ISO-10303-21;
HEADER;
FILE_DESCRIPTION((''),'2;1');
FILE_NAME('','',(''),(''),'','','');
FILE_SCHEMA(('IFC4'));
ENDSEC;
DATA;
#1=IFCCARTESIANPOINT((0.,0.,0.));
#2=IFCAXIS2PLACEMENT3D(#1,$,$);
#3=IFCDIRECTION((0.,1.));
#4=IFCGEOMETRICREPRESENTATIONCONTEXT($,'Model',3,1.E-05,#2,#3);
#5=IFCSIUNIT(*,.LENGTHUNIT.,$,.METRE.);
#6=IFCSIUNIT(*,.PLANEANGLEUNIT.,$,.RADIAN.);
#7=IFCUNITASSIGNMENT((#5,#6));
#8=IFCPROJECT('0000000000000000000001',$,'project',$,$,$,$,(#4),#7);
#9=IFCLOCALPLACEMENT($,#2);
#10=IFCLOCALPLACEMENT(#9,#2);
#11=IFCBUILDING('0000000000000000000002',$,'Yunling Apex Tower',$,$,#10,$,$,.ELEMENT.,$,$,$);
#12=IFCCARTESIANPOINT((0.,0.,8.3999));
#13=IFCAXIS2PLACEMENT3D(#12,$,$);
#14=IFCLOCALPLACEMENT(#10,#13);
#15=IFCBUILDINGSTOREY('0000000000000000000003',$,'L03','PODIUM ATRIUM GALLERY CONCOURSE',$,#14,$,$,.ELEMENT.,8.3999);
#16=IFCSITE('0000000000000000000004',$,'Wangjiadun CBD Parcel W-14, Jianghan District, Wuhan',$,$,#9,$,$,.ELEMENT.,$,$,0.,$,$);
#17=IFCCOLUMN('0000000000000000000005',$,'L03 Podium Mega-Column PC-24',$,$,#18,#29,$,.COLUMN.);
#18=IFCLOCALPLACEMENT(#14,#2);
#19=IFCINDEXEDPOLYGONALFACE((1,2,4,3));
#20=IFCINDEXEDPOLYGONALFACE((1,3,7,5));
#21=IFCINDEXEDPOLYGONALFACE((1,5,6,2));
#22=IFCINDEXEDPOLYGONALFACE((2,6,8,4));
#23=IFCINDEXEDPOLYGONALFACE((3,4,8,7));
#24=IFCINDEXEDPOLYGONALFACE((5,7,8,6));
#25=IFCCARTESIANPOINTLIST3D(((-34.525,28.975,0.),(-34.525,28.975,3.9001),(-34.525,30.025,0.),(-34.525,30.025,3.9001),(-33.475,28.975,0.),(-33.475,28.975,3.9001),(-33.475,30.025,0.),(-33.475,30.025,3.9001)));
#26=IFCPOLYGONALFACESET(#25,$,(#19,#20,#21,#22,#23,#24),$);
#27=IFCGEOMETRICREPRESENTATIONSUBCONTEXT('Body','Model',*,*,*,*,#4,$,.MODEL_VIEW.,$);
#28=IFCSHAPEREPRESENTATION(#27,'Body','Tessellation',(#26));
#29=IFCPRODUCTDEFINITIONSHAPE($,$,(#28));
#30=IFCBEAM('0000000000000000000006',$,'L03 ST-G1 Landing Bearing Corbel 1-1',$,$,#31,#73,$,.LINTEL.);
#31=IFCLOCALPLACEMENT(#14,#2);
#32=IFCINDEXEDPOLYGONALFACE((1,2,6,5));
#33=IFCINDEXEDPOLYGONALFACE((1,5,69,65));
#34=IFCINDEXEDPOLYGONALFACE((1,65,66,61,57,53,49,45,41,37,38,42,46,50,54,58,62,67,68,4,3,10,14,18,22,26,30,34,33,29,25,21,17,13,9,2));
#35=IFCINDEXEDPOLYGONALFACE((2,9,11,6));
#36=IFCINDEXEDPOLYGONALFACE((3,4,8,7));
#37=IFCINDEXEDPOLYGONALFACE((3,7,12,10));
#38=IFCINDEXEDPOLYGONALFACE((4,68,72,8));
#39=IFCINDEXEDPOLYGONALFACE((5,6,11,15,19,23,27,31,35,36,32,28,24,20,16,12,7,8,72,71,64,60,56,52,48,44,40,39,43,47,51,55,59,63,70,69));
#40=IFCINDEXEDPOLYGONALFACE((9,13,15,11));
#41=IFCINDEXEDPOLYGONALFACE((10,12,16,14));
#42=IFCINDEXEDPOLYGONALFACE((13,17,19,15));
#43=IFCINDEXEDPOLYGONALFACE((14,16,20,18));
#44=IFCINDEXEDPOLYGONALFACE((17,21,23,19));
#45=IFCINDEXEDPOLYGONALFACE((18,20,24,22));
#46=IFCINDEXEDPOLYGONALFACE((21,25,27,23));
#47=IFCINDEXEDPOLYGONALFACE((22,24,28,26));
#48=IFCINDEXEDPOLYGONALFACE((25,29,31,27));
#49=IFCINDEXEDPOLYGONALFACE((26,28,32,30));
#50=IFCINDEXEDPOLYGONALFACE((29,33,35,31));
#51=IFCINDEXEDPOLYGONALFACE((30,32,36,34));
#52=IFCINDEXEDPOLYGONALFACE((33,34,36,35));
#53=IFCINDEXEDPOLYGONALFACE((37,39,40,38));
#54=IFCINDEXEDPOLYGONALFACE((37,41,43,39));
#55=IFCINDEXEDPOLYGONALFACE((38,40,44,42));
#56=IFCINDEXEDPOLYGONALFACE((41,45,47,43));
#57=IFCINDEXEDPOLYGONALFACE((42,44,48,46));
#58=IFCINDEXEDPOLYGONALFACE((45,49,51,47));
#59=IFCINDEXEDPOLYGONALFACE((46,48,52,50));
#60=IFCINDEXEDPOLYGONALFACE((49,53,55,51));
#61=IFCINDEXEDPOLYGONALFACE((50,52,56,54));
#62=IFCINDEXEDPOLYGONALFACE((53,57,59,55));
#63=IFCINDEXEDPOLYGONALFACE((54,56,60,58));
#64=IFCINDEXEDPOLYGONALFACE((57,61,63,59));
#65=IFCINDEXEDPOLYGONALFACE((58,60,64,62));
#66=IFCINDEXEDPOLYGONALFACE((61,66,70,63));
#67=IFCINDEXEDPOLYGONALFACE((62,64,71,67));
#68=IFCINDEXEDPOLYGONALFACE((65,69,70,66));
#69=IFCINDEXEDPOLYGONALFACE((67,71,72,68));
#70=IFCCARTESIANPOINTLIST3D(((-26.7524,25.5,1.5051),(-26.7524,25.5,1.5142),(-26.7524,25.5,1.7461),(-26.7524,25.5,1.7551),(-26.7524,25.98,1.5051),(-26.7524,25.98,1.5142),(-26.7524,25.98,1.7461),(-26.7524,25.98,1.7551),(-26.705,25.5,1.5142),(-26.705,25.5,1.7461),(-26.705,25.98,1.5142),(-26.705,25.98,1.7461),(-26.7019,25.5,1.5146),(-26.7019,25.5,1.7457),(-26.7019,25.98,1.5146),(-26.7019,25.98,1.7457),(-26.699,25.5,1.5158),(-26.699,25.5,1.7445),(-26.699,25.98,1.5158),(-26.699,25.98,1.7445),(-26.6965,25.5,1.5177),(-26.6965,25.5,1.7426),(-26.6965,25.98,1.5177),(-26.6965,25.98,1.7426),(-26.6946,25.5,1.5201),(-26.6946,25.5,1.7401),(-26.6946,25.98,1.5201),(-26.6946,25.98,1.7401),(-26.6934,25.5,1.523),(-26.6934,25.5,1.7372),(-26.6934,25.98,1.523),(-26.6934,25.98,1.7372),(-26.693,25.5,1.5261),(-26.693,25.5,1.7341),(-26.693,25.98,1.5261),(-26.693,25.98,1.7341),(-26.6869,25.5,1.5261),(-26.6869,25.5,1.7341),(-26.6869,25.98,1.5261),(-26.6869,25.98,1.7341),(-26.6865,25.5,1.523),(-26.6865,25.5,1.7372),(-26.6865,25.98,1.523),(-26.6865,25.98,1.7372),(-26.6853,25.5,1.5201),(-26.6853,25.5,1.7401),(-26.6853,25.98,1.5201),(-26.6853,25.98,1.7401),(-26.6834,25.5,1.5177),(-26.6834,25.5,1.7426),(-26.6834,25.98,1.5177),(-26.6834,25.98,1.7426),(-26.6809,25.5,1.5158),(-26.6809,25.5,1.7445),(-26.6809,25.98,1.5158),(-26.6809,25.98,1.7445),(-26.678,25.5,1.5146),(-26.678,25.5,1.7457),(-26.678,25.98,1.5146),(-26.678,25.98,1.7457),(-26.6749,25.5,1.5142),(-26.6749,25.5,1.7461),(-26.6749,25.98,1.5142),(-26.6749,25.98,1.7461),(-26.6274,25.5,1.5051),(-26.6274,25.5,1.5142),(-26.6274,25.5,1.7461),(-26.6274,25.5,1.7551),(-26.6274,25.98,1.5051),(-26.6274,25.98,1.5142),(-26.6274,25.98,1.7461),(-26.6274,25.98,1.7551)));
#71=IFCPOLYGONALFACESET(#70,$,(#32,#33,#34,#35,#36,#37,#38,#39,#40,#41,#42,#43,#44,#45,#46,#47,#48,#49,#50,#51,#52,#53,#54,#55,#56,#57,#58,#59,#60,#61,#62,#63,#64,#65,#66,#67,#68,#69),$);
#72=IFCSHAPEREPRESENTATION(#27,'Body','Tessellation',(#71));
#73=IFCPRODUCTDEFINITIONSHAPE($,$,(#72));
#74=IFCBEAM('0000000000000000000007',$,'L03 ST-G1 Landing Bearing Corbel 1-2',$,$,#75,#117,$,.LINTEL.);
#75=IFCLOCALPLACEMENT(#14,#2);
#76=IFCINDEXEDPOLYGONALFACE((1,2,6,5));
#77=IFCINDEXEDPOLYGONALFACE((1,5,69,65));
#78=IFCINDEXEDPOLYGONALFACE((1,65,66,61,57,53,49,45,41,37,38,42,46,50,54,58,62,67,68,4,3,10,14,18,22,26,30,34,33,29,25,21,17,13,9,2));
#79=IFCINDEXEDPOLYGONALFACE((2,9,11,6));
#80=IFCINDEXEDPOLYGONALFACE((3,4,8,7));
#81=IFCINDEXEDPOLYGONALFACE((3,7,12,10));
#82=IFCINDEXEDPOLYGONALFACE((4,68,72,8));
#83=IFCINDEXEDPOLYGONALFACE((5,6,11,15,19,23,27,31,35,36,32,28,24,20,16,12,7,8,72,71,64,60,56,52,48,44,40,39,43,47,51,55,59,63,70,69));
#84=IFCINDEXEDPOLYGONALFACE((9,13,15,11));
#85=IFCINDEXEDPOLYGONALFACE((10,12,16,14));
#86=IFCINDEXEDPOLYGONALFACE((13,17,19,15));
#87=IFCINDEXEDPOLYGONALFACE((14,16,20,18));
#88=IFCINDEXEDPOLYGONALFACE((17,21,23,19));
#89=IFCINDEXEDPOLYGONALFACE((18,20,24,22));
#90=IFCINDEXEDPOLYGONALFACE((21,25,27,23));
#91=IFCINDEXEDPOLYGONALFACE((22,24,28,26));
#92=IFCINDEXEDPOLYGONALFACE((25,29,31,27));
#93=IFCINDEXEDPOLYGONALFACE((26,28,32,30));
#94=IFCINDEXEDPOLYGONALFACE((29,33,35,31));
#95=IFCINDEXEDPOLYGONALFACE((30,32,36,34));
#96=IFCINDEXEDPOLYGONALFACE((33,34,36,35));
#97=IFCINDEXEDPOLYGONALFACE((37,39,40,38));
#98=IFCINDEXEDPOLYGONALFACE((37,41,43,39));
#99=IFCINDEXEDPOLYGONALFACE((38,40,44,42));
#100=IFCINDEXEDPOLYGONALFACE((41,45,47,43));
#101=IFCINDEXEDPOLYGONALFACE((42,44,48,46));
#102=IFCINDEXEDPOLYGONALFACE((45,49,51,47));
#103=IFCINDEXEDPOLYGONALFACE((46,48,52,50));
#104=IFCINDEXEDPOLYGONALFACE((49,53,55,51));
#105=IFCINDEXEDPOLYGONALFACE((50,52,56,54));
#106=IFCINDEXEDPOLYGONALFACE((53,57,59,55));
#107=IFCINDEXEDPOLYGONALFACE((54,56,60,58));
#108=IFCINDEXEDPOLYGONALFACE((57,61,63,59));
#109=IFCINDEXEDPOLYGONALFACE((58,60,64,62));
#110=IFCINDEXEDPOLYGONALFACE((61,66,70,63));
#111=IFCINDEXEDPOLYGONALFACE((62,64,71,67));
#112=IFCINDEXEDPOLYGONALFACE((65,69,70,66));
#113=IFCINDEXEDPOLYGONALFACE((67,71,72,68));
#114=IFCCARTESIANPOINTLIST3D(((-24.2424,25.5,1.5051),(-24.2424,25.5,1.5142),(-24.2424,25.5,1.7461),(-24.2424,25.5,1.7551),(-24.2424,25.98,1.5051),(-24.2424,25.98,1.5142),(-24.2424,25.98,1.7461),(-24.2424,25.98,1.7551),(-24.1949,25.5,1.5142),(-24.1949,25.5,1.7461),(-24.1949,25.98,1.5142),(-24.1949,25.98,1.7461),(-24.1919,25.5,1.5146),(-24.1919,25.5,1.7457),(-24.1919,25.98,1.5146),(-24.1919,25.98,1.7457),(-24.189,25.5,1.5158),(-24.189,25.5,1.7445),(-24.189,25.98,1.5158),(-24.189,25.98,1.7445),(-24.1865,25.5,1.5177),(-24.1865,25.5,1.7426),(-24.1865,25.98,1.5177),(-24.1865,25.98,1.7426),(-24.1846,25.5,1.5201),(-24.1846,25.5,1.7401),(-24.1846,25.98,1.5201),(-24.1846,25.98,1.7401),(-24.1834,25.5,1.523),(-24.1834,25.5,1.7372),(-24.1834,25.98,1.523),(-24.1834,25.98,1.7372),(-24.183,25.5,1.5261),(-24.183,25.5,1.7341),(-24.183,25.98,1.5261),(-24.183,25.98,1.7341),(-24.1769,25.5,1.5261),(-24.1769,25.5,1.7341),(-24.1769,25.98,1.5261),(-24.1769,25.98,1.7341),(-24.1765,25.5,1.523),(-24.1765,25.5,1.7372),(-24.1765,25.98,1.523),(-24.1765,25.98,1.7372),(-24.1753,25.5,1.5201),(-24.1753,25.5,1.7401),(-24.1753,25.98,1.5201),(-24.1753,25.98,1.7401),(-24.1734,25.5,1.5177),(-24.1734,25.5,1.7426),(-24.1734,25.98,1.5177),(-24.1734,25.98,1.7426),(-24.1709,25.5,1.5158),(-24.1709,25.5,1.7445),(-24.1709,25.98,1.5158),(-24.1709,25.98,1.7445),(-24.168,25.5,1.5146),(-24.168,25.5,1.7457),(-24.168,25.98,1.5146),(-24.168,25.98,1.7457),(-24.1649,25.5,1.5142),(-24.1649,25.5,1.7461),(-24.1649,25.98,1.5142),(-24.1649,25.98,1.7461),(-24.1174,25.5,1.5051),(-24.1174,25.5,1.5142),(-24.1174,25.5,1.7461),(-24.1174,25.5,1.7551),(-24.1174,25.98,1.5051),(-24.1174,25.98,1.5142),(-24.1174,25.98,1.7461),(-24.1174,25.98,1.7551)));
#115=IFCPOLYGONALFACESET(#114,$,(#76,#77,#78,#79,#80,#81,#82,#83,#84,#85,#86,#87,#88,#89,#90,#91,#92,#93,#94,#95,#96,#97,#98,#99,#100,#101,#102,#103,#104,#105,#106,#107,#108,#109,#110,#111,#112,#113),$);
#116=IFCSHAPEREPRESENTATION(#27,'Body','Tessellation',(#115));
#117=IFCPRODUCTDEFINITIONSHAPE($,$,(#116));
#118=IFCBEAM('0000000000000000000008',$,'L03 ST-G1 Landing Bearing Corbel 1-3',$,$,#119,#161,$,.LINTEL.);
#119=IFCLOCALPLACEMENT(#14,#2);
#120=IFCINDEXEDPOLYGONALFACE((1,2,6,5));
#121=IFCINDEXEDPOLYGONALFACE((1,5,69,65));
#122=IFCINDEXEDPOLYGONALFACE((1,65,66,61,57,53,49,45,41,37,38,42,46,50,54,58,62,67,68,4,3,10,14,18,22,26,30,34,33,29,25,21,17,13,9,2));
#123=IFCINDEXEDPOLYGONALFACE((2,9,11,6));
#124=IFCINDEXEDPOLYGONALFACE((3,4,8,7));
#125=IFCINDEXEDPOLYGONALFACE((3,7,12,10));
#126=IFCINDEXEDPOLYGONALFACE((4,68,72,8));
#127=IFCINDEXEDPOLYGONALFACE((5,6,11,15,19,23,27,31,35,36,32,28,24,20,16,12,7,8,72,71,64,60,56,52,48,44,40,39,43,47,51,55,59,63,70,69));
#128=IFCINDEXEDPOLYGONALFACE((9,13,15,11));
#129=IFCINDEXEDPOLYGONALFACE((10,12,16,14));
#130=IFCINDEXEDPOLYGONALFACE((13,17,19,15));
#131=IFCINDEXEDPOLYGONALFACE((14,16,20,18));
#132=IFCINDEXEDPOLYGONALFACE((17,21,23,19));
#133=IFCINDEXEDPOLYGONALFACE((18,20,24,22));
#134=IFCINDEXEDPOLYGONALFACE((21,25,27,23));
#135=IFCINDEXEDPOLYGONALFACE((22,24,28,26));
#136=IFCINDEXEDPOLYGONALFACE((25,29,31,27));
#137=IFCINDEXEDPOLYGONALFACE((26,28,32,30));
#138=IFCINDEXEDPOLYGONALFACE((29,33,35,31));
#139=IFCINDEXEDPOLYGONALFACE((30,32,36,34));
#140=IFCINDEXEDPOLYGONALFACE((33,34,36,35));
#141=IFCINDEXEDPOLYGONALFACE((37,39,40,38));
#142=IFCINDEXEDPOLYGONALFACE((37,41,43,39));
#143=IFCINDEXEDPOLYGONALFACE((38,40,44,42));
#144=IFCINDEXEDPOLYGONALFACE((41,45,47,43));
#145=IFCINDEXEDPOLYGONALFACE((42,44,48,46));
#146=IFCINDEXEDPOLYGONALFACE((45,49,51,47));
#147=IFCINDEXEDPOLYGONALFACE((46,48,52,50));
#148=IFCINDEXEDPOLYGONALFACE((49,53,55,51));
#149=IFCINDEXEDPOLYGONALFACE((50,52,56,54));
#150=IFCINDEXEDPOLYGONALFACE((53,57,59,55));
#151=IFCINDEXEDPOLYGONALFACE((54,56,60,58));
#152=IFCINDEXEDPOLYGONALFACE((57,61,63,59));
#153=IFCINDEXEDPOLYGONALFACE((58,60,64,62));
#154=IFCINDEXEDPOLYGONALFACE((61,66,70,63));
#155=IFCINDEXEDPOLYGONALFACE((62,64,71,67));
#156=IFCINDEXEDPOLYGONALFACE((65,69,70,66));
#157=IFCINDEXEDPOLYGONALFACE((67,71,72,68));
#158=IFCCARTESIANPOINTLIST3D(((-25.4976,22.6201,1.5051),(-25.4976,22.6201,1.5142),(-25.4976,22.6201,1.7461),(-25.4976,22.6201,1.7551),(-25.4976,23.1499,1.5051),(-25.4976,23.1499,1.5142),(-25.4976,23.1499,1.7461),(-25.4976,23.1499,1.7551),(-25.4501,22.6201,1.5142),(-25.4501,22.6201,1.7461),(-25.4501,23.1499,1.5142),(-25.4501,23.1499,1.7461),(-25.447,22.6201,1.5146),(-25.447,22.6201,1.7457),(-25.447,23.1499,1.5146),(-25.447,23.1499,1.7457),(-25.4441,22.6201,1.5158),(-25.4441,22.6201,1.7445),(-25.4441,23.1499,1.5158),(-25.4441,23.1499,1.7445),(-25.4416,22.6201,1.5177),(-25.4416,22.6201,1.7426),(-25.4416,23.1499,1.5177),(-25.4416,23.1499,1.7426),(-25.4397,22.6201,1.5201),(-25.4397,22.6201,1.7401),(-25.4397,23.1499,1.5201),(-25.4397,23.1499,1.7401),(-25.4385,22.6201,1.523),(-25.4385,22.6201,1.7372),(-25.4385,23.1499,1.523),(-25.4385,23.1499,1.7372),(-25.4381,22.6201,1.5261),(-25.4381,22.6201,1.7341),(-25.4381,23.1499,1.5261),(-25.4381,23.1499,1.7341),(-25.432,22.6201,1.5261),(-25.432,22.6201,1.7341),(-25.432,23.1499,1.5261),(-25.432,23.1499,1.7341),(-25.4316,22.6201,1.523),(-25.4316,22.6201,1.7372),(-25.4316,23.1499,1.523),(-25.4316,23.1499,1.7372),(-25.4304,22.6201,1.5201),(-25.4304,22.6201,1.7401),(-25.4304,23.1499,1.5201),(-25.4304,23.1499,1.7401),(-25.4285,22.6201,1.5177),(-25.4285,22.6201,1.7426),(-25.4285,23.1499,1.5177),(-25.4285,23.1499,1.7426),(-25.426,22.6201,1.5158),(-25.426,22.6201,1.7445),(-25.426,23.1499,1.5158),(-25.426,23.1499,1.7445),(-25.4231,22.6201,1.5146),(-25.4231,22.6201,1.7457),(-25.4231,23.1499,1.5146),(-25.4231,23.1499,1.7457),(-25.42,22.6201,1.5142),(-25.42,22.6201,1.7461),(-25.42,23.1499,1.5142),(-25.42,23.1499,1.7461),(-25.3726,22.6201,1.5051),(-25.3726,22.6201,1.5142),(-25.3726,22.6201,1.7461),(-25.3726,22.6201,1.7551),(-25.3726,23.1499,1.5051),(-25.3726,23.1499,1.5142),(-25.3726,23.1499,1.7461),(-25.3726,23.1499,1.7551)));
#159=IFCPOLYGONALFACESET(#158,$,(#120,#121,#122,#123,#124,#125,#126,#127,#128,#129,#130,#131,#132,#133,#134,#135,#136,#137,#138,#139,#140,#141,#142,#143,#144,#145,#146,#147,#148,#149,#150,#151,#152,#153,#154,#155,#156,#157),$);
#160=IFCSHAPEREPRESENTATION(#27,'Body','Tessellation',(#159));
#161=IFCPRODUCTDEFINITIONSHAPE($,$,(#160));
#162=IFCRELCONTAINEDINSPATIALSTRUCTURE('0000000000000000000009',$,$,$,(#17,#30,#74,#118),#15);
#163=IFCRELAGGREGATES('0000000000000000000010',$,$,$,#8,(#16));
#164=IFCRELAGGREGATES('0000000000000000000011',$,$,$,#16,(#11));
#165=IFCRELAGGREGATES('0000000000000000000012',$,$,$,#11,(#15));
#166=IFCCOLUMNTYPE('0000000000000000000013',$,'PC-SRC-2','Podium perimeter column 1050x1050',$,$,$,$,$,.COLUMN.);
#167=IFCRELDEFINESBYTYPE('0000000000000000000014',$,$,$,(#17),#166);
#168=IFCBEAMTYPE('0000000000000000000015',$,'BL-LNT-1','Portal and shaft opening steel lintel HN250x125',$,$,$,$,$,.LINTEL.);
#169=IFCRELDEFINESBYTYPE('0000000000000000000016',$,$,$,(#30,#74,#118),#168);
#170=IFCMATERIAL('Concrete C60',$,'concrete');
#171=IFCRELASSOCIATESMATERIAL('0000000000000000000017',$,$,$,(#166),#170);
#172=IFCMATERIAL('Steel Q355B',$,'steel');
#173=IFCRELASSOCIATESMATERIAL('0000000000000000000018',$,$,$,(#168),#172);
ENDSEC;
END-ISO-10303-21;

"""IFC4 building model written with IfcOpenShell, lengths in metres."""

from ifc_helpers import new_model, si_unit, direction, frame, origin, origin_2d, place, context, subcontext, project, spatial, rectangle, i_section, extrude, source, transform, mapped, material, material_profile, profile_set, type_object, element, save


model = new_model("IFC4")

# Units and contexts
model_context = context("Model", 3, precision=1e-05, world=origin(), true_north=direction((0.0, 1.0)))
body_context = subcontext(model_context, "Body", "Model", "MODEL_VIEW")
ifc_project = project(units=[si_unit("LENGTHUNIT", "METRE"), si_unit("PLANEANGLEUNIT", "RADIAN")], contexts=[model_context])

# Site, building, storey
site_placement = place(None, origin())
site = spatial("IfcSite", under=ifc_project, at=site_placement, Name="Wangjiadun CBD Parcel W-14, Jianghan District, Wuhan", CompositionType="ELEMENT", RefElevation=0.0)
building_placement = place(site_placement, origin())
building = spatial("IfcBuilding", under=site, at=building_placement, Name="Yunling Apex Tower", CompositionType="ELEMENT")
storey_placement = place(building_placement, frame((0.0, 0.0, 8.3999)))
storey = spatial("IfcBuildingStorey", under=building, at=storey_placement, Name="L03", Description="PODIUM ATRIUM GALLERY CONCOURSE", CompositionType="ELEMENT", Elevation=8.3999)

# Column
ifc_material_1 = material(Name="Concrete C60", Category="concrete")
ifc_material_profile_1 = material_profile(ifc_material_1, rectangle(XDim=1.05, YDim=1.05, at=origin_2d()))
ifc_profile_set_1 = profile_set([ifc_material_profile_1], Name="Concrete C60")
column_type = type_object("IfcColumnType", Name="PC-SRC-2", Description="Podium perimeter column 1050x1050", PredefinedType="COLUMN", material=ifc_profile_set_1)
shared_shape_1 = source(origin(), body_context, "Body", "SweptSolid", [
    extrude(rectangle(XDim=1.05, YDim=1.05, at=origin_2d()), origin(), (0.0, 0.0, 1.0), 3.9001),
])
column_placement = place(storey_placement, frame((-34.0, 29.5, 0.0), z_axis=(0.0, 0.0, 1.0), x_axis=(1.0, 0.0, 0.0)))
element("IfcColumn", 1, at=column_placement, inside=storey, type_object=column_type, Name="L03 Podium Mega-Column PC-24", PredefinedType="COLUMN", context=body_context, shape_type="MappedRepresentation", body=[
    mapped(shared_shape_1, transform((0.0, 0.0, 0.0), scale=1.0)),
])

# Beams
ifc_material_2 = material(Name="Steel Q355B", Category="steel")
ifc_material_profile_2 = material_profile(ifc_material_2, i_section(OverallWidth=0.125, OverallDepth=0.25, WebThickness=0.0061, FlangeThickness=0.009, FilletRadius=0.012, at=origin_2d()))
ifc_profile_set_2 = profile_set([ifc_material_profile_2], Name="Steel Q355B")
beam_type_1 = type_object("IfcBeamType", Name="BL-LNT-1", Description="Portal and shaft opening steel lintel HN250x125", PredefinedType="LINTEL", material=ifc_profile_set_2)
shared_shape_2 = source(origin(), body_context, "Body", "SweptSolid", [
    extrude(i_section(OverallWidth=0.125, OverallDepth=0.25, WebThickness=0.0061, FlangeThickness=0.009, FilletRadius=0.012, at=origin_2d()), origin(), (0.0, 0.0, 1.0), 0.48),
])
for number, where, z_axis, x_axis, name in (
    (2, (-26.6899, 25.98, 1.6301), (0.0, -1.0, 0.0), (1.0, 0.0, 0.0), "L03 ST-G1 Landing Bearing Corbel 1-1"),
    (3, (-24.1799, 25.98, 1.6301), (0.0, -1.0, 0.0), (1.0, 0.0, 0.0), "L03 ST-G1 Landing Bearing Corbel 1-2"),
):
    element("IfcBeam", number, at=place(storey_placement, frame(where, z_axis=z_axis, x_axis=x_axis)), inside=storey, type_object=beam_type_1, Name=name, PredefinedType="LINTEL", context=body_context, shape_type="MappedRepresentation", body=[
        mapped(shared_shape_2, transform((0.0, 0.0, 0.0), scale=1.0)),
    ])
shared_shape_3 = source(origin(), body_context, "Body", "SweptSolid", [
    extrude(i_section(OverallWidth=0.125, OverallDepth=0.25, WebThickness=0.0061, FlangeThickness=0.009, FilletRadius=0.012, at=origin_2d()), origin(), (0.0, 0.0, 1.0), 0.5298),
])
beam_1_placement = place(storey_placement, frame((-25.4351, 22.6201, 1.6301), z_axis=(0.0, 1.0, 0.0), x_axis=(-1.0, 0.0, 0.0)))
element("IfcBeam", 4, at=beam_1_placement, inside=storey, type_object=beam_type_1, Name="L03 ST-G1 Landing Bearing Corbel 1-3", PredefinedType="LINTEL", context=body_context, shape_type="MappedRepresentation", body=[
    mapped(shared_shape_3, transform((0.0, 0.0, 0.0), scale=1.0)),
])

save(model, "model.ifc")
